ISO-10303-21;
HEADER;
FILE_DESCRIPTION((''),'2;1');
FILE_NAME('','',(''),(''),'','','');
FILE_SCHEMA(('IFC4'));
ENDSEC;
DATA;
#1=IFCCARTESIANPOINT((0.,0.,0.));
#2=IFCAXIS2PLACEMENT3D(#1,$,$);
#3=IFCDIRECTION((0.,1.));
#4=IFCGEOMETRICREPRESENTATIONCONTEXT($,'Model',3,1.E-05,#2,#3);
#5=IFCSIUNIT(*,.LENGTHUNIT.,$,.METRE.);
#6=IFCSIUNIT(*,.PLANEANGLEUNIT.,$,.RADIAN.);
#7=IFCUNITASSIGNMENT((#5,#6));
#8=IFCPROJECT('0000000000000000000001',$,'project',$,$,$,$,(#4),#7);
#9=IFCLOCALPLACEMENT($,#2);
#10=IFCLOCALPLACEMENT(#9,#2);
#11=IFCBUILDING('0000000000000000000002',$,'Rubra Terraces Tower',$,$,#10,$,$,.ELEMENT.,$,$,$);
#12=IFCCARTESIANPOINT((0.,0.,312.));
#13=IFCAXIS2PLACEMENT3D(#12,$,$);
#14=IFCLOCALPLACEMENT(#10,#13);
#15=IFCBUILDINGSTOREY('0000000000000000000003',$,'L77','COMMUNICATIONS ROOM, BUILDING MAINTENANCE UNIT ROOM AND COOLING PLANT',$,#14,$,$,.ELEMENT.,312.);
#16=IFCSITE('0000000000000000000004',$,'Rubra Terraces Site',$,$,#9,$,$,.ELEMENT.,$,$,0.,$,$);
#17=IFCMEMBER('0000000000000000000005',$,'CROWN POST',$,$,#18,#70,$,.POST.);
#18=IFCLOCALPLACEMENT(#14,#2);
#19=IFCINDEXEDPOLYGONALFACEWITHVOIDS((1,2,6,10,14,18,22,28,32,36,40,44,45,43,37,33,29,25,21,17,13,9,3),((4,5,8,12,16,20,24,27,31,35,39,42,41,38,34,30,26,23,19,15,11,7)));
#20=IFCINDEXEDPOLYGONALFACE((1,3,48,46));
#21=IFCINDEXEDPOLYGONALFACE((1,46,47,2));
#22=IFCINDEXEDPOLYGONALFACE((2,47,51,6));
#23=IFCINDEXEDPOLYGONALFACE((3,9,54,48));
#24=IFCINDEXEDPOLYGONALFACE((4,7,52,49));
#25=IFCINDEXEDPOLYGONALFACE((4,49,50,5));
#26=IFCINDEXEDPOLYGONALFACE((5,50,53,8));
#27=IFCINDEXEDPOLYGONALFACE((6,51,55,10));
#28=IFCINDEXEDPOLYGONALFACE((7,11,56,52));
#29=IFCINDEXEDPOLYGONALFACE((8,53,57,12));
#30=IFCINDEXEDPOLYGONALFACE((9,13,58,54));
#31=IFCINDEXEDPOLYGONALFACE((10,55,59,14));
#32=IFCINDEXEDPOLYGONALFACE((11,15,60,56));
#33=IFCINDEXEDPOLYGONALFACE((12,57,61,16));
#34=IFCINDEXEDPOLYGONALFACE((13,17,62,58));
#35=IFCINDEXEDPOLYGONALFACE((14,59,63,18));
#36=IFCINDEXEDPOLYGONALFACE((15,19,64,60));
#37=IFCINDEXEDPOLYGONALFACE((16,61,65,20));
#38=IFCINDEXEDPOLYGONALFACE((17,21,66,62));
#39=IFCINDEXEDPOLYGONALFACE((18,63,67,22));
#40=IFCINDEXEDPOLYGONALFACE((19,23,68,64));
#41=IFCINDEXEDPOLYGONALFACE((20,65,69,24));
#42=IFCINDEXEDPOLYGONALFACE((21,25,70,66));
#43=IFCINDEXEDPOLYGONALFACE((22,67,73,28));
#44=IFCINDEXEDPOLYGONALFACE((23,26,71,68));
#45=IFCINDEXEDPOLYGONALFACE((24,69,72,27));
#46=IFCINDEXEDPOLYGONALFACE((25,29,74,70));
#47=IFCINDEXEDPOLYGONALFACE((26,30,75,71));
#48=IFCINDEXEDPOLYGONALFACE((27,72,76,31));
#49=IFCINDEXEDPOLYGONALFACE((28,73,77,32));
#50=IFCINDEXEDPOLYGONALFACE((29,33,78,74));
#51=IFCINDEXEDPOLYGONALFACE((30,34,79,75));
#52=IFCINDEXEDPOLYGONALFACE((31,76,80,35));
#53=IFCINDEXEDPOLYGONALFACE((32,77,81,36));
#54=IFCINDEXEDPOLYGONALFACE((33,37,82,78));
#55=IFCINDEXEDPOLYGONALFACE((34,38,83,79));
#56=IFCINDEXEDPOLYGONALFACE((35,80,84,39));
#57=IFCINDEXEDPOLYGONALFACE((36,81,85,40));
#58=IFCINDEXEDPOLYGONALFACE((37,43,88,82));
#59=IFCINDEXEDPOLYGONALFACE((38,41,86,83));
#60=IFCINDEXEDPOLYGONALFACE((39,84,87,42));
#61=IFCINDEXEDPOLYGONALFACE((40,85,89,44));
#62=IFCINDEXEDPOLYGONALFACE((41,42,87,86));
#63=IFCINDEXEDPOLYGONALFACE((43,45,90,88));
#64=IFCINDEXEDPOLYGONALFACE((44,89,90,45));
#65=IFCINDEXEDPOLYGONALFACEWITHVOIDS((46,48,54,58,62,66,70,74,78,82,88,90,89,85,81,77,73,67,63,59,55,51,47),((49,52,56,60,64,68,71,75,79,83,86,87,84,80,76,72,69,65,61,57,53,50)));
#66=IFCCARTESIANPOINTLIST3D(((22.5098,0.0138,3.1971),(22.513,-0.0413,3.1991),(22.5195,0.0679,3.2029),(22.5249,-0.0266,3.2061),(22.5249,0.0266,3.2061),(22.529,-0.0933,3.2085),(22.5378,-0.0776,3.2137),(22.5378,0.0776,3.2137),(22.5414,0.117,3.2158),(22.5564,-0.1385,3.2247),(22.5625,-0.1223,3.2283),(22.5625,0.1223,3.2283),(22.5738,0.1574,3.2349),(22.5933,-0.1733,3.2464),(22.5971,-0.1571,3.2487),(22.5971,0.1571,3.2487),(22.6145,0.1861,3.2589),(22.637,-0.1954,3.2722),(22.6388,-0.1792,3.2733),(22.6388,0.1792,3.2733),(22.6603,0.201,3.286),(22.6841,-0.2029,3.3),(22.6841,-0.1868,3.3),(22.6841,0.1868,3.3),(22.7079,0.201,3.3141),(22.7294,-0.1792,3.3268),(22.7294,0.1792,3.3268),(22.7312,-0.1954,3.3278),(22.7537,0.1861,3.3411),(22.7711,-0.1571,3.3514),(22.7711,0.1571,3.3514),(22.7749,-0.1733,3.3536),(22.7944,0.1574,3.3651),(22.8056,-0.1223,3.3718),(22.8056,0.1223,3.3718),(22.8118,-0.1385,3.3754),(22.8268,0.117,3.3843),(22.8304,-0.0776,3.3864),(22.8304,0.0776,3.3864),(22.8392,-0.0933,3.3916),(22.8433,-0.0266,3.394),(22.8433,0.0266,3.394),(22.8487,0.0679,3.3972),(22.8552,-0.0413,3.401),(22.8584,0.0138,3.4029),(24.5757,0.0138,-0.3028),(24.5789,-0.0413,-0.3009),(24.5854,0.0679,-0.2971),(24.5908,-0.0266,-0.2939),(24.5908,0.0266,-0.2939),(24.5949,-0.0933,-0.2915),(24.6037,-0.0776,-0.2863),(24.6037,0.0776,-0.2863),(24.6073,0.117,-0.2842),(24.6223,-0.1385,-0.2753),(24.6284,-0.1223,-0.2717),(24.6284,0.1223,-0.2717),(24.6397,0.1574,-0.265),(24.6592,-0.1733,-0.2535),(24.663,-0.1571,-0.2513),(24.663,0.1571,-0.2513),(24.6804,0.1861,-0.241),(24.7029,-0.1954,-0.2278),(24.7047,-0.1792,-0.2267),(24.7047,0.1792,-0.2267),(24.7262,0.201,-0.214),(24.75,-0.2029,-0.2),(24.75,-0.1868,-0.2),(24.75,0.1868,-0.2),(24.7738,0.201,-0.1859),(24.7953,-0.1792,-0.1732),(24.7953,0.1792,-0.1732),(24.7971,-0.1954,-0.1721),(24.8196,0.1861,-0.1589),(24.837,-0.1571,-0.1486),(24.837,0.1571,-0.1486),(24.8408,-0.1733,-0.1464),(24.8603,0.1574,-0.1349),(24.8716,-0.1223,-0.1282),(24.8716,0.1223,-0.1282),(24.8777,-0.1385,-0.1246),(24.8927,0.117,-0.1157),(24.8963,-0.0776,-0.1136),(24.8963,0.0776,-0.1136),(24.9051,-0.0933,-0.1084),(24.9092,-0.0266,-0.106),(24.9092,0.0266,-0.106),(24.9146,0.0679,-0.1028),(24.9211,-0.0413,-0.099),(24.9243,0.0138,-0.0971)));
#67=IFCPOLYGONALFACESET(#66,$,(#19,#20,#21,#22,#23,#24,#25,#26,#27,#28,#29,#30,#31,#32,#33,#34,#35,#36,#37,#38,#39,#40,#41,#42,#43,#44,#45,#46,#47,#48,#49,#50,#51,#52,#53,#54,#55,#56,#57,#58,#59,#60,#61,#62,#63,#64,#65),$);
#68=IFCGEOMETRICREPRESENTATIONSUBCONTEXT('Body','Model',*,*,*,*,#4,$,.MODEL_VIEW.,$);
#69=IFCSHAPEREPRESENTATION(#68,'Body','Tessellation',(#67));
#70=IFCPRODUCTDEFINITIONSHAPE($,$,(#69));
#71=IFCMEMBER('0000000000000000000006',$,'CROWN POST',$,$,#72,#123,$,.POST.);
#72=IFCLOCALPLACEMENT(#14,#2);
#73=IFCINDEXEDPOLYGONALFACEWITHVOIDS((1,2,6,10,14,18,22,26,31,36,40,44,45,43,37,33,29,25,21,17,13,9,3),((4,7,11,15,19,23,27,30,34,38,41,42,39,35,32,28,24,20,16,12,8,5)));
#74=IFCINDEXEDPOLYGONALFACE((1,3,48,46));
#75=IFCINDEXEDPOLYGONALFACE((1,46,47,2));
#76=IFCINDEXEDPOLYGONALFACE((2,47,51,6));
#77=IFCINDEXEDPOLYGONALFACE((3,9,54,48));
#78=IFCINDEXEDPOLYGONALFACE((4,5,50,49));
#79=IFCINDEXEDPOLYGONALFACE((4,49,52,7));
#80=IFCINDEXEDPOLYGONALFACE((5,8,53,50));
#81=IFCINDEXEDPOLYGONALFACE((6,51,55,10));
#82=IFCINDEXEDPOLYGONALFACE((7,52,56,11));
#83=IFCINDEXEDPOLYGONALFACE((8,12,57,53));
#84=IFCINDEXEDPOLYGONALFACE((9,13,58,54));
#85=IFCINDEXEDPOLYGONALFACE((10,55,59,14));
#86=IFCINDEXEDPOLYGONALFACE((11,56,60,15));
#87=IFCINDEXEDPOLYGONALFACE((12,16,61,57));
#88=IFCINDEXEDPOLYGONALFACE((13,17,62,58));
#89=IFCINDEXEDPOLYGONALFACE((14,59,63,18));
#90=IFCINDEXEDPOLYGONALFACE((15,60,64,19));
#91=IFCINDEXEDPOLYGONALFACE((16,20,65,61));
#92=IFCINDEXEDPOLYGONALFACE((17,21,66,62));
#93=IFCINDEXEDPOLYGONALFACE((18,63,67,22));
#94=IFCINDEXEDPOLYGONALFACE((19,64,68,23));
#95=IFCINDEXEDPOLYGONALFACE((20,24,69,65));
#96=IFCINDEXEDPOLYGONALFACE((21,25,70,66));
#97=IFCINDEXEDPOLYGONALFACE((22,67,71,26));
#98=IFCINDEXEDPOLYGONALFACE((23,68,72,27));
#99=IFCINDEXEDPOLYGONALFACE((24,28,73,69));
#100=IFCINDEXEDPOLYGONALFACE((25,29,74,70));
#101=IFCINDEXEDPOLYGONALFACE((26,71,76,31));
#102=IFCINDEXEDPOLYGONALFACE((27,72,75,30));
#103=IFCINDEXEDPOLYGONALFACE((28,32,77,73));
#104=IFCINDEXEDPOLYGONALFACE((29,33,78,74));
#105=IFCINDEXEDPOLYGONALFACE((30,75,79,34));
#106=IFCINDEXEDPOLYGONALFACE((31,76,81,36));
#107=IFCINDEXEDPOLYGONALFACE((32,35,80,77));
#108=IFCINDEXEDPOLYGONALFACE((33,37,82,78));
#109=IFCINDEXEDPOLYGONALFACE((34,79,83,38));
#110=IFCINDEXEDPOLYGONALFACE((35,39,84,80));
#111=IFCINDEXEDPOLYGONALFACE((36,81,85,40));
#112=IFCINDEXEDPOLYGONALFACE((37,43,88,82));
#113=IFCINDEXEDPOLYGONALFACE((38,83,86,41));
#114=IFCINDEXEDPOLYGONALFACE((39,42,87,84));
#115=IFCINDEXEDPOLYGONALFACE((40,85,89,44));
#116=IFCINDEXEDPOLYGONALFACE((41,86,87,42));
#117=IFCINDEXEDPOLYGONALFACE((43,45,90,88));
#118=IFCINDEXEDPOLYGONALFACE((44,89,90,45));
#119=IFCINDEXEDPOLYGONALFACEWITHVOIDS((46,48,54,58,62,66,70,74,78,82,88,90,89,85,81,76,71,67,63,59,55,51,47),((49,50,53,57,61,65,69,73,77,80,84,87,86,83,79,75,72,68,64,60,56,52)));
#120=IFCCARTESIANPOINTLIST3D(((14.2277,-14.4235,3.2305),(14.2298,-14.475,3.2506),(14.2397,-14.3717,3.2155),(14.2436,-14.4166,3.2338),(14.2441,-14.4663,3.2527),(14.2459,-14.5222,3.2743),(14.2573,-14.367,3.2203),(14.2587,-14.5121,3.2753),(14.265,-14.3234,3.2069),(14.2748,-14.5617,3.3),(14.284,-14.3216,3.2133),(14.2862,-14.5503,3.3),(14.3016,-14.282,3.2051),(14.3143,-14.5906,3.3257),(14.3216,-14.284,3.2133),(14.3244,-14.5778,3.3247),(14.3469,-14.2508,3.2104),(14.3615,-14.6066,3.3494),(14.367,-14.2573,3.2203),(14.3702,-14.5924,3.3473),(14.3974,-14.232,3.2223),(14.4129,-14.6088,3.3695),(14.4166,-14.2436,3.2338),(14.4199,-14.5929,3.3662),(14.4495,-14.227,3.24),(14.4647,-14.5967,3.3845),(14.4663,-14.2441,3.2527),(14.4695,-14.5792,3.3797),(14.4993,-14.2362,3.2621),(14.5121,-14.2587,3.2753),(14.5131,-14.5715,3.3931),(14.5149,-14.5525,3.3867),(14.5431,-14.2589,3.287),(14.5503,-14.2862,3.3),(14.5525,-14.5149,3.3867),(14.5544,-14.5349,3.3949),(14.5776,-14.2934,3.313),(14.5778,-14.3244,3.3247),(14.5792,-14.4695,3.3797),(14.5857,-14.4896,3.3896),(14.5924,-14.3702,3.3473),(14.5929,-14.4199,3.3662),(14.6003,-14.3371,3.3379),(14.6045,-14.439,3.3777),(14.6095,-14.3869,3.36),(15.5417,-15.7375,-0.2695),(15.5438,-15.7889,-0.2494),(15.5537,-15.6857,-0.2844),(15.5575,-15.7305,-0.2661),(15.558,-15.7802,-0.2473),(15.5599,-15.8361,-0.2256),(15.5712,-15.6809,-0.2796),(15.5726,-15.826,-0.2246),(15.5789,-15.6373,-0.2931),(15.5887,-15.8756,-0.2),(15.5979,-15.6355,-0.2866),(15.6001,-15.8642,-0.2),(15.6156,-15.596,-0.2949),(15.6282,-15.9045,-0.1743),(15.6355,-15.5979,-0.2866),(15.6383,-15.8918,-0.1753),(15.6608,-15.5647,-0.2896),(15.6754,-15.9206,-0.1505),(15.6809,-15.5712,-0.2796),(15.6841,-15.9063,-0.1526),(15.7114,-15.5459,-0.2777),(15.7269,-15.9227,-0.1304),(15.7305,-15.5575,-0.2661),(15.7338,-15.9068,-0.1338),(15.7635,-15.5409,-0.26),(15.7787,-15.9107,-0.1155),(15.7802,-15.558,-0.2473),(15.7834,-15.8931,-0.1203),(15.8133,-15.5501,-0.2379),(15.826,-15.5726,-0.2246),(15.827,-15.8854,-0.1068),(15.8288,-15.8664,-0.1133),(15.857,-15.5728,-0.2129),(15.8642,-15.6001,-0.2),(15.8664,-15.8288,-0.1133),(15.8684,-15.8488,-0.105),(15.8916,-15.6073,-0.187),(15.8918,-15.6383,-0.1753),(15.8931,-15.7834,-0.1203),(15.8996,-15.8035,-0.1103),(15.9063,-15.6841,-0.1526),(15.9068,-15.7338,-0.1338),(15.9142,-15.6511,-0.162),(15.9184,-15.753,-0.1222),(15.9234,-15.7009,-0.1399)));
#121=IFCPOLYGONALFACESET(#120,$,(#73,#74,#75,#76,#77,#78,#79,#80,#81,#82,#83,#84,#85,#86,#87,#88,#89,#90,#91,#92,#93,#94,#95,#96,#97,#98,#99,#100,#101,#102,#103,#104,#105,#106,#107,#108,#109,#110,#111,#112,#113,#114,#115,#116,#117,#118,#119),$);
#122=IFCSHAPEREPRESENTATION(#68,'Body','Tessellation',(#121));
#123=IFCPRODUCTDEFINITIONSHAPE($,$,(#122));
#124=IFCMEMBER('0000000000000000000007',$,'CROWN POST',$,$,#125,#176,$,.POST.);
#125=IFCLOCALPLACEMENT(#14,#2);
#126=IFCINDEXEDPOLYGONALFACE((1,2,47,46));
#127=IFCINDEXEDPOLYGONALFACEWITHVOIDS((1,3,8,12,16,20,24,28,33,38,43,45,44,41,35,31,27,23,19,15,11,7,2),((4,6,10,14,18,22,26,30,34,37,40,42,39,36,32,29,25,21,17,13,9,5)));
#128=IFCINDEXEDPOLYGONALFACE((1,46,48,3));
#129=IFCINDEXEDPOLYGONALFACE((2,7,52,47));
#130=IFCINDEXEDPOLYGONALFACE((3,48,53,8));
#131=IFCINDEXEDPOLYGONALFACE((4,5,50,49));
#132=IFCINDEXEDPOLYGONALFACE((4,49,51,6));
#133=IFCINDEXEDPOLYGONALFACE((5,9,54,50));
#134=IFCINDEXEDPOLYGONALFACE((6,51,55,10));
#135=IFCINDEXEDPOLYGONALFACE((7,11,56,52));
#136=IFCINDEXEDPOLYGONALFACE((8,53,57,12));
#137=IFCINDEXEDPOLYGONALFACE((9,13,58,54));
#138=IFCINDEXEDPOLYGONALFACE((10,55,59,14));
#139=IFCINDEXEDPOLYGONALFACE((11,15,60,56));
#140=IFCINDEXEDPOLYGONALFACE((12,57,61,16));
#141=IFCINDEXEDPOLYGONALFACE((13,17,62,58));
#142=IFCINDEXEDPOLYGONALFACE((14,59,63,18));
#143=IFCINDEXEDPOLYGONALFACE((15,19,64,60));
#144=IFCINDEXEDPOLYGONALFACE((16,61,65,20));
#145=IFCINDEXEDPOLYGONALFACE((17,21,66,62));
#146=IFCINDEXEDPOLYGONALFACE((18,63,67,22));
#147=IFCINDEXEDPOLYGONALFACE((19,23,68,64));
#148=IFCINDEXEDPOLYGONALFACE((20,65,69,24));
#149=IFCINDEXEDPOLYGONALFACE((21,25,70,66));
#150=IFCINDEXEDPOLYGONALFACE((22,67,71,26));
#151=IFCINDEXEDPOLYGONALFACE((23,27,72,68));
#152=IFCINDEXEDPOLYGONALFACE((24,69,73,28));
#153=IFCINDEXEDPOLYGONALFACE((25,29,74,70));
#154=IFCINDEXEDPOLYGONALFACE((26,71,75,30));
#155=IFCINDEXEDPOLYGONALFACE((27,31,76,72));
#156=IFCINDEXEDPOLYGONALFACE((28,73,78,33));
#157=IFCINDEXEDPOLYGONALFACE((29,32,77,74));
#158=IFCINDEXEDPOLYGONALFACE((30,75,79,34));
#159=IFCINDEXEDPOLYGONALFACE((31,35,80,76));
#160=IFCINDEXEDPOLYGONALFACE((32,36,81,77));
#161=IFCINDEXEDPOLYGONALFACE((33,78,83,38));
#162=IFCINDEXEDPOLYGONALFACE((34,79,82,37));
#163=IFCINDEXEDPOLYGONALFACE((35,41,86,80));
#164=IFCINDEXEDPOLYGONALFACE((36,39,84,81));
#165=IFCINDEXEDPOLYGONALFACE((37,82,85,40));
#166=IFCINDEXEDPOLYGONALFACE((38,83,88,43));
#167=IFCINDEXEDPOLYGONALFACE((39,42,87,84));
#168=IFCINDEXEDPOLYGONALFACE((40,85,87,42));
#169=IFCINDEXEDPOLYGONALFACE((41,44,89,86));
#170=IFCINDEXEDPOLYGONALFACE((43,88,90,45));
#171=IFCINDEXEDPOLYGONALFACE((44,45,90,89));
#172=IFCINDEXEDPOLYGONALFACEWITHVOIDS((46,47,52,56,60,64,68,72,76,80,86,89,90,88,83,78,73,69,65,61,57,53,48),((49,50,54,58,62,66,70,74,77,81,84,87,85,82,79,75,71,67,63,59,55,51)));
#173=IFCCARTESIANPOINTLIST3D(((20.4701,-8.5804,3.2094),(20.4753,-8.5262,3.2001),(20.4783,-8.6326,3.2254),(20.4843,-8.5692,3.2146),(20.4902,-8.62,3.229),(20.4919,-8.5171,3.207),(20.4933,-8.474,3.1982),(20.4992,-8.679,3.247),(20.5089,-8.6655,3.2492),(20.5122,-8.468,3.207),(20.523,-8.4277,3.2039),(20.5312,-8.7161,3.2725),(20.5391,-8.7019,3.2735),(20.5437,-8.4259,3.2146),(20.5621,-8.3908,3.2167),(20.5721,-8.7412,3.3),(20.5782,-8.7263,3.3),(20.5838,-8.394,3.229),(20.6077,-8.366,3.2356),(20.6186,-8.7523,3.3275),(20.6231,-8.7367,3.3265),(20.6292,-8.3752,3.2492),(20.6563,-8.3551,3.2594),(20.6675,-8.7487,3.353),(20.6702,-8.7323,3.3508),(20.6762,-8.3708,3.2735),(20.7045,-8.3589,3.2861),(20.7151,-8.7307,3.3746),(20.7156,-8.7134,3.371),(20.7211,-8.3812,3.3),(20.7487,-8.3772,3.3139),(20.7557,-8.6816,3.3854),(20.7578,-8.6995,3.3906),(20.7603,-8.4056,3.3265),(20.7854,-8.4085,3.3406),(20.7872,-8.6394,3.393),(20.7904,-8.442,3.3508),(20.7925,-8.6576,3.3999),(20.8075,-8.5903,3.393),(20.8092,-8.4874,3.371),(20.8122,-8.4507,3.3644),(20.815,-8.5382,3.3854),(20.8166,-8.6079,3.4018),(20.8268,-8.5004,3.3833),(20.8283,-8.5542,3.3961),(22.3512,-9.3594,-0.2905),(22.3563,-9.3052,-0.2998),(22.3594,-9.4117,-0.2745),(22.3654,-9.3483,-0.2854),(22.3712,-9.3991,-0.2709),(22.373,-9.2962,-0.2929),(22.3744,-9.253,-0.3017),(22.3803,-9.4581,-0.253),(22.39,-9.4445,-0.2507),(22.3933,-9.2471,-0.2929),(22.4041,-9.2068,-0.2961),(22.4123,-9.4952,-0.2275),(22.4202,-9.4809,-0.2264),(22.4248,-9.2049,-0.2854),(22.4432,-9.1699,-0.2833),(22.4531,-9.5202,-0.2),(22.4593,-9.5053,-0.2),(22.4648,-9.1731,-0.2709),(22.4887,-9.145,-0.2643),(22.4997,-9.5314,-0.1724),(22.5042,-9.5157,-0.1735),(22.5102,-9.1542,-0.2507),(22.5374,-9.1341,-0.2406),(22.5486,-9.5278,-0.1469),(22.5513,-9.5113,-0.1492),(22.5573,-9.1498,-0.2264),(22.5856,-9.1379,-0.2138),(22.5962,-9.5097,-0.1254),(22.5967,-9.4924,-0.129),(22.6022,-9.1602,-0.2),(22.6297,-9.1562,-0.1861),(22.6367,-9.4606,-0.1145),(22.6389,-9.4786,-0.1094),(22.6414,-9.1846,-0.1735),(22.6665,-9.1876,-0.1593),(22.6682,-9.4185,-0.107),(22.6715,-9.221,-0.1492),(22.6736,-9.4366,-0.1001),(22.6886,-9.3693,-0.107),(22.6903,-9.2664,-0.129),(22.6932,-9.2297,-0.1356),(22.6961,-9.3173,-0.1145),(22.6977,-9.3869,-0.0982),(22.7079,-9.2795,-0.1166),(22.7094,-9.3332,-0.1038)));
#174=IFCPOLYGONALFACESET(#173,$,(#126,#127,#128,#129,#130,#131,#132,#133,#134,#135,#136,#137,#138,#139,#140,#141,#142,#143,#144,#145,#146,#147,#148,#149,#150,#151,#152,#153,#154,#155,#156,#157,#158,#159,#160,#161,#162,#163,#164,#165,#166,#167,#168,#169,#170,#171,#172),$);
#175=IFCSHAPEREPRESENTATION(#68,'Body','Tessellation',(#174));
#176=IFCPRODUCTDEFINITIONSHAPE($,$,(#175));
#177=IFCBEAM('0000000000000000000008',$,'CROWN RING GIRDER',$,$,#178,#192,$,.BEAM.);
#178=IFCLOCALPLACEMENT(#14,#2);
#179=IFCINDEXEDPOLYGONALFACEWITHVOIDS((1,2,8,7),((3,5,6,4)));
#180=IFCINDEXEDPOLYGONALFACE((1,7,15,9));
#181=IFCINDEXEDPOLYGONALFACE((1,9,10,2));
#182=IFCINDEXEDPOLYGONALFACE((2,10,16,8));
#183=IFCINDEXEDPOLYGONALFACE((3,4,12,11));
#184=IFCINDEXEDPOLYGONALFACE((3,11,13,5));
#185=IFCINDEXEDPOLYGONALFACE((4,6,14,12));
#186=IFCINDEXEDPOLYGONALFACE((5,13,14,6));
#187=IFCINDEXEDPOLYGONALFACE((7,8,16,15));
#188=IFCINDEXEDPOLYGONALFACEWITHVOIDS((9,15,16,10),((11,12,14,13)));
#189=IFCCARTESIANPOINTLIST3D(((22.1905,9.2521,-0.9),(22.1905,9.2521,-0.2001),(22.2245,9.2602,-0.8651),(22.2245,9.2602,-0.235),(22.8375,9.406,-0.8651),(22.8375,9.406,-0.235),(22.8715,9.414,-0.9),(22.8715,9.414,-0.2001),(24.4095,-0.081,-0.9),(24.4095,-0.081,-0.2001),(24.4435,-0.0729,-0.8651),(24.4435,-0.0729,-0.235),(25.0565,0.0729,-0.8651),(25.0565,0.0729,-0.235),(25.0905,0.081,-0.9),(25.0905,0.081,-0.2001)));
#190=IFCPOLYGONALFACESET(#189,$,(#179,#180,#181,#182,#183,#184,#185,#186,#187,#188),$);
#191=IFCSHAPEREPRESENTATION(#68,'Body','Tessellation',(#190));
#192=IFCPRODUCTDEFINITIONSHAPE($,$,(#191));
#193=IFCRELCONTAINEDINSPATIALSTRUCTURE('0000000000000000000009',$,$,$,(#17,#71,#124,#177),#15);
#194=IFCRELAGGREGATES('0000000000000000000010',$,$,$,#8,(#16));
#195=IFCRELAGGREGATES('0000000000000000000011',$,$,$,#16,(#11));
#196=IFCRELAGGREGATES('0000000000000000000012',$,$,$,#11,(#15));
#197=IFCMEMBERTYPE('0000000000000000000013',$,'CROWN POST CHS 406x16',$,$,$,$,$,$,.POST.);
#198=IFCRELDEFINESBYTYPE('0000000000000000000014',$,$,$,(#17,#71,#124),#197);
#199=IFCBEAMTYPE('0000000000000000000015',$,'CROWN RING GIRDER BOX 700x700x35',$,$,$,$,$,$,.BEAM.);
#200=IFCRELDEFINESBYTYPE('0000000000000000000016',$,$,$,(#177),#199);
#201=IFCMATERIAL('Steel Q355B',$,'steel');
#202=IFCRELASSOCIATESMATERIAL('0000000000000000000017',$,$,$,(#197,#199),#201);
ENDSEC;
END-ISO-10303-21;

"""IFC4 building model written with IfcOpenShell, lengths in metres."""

from ifc_helpers import new_model, si_unit, direction, frame, origin, origin_2d, place, context, subcontext, project, spatial, hollow_rectangle, hollow_circle, extrude, material, material_profile, profile_set, type_object, element, save


model = new_model("IFC4")

# Units and contexts
model_context = context("Model", 3, precision=1e-05, world=origin(), true_north=direction((0.0, 1.0)))
body_context = subcontext(model_context, "Body", "Model", "MODEL_VIEW")
ifc_project = project(units=[si_unit("LENGTHUNIT", "METRE"), si_unit("PLANEANGLEUNIT", "RADIAN")], contexts=[model_context])

# Site, building, storey
site_placement = place(None, origin())
site = spatial("IfcSite", under=ifc_project, at=site_placement, Name="Rubra Terraces Site", CompositionType="ELEMENT", RefElevation=0.0)
building_placement = place(site_placement, origin())
building = spatial("IfcBuilding", under=site, at=building_placement, Name="Rubra Terraces Tower", CompositionType="ELEMENT")
storey_placement = place(building_placement, frame((0.0, 0.0, 312.0)))
storey = spatial("IfcBuildingStorey", under=building, at=storey_placement, Name="L77", Description="COMMUNICATIONS ROOM, BUILDING MAINTENANCE UNIT ROOM AND COOLING PLANT", CompositionType="ELEMENT", Elevation=312.0)

# Members
ifc_material_1 = material(Name="Steel Q355B", Category="steel")
ifc_material_profile_1 = material_profile(ifc_material_1, hollow_circle(Radius=0.2029, WallThickness=0.0161, at=origin_2d()), Name="CHS 406x16")
ifc_profile_set_1 = profile_set([ifc_material_profile_1], Name="Steel Q355B")
member_type_1 = type_object("IfcMemberType", Name="CROWN POST CHS 406x16", PredefinedType="POST", material=ifc_profile_set_1)
member_1_placement = place(storey_placement, frame((24.75, 0.0, -0.2), z_axis=(-0.508316, 0.0, 0.86117), x_axis=(0.0, -1.0, 0.0)))
element("IfcMember", 1, at=member_1_placement, inside=storey, type_object=member_type_1, Name="CROWN POST", PredefinedType="POST", context=body_context, shape_type="SweptSolid", body=[
    extrude(hollow_circle(Radius=0.2029, WallThickness=0.0161, at=origin_2d()), origin(), (0.0, 0.0, 1.0), 4.0642),
])
member_2_placement = place(storey_placement, frame((15.7322, -15.7322, -0.2), z_axis=(-0.331583, 0.331583, 0.883236), x_axis=(-0.707107, -0.707107, 0.0)))
element("IfcMember", 2, at=member_2_placement, inside=storey, type_object=member_type_1, Name="CROWN POST", PredefinedType="POST", context=body_context, shape_type="SweptSolid", body=[
    extrude(hollow_circle(Radius=0.2029, WallThickness=0.0161, at=origin_2d()), origin(), (0.0, 0.0, 1.0), 3.9626),
])
member_3_placement = place(storey_placement, frame((22.5308, -9.3328, -0.2), z_axis=(-0.46457, 0.1924, 0.864383), x_axis=(-0.382631, -0.923901, 0.0)))
element("IfcMember", 3, at=member_3_placement, inside=storey, type_object=member_type_1, Name="CROWN POST", PredefinedType="POST", context=body_context, shape_type="SweptSolid", body=[
    extrude(hollow_circle(Radius=0.2029, WallThickness=0.0161, at=origin_2d()), origin(), (0.0, 0.0, 1.0), 4.0491),
])

# Beam
ifc_material_profile_2 = material_profile(ifc_material_1, hollow_rectangle(XDim=0.7, YDim=0.7, WallThickness=0.0349, at=origin_2d()), Name="BOX 700x700x35")
ifc_profile_set_2 = profile_set([ifc_material_profile_2], Name="Steel Q355B")
beam_type_1 = type_object("IfcBeamType", Name="CROWN RING GIRDER BOX 700x700x35", PredefinedType="BEAM", material=ifc_profile_set_2)
beam_1_placement = place(storey_placement, frame((24.75, 0.0, -0.55), z_axis=(-0.23131, 0.97288, 0.0), x_axis=(-0.97288, -0.23131, 0.0)))
element("IfcBeam", 4, at=beam_1_placement, inside=storey, type_object=beam_type_1, Name="CROWN RING GIRDER", PredefinedType="BEAM", context=body_context, shape_type="SweptSolid", body=[
    extrude(hollow_rectangle(XDim=0.7, YDim=0.7, WallThickness=0.0349, at=origin_2d()), origin(), (0.0, 0.0, 1.0), 9.5933),
])

save(model, "model.ifc")
